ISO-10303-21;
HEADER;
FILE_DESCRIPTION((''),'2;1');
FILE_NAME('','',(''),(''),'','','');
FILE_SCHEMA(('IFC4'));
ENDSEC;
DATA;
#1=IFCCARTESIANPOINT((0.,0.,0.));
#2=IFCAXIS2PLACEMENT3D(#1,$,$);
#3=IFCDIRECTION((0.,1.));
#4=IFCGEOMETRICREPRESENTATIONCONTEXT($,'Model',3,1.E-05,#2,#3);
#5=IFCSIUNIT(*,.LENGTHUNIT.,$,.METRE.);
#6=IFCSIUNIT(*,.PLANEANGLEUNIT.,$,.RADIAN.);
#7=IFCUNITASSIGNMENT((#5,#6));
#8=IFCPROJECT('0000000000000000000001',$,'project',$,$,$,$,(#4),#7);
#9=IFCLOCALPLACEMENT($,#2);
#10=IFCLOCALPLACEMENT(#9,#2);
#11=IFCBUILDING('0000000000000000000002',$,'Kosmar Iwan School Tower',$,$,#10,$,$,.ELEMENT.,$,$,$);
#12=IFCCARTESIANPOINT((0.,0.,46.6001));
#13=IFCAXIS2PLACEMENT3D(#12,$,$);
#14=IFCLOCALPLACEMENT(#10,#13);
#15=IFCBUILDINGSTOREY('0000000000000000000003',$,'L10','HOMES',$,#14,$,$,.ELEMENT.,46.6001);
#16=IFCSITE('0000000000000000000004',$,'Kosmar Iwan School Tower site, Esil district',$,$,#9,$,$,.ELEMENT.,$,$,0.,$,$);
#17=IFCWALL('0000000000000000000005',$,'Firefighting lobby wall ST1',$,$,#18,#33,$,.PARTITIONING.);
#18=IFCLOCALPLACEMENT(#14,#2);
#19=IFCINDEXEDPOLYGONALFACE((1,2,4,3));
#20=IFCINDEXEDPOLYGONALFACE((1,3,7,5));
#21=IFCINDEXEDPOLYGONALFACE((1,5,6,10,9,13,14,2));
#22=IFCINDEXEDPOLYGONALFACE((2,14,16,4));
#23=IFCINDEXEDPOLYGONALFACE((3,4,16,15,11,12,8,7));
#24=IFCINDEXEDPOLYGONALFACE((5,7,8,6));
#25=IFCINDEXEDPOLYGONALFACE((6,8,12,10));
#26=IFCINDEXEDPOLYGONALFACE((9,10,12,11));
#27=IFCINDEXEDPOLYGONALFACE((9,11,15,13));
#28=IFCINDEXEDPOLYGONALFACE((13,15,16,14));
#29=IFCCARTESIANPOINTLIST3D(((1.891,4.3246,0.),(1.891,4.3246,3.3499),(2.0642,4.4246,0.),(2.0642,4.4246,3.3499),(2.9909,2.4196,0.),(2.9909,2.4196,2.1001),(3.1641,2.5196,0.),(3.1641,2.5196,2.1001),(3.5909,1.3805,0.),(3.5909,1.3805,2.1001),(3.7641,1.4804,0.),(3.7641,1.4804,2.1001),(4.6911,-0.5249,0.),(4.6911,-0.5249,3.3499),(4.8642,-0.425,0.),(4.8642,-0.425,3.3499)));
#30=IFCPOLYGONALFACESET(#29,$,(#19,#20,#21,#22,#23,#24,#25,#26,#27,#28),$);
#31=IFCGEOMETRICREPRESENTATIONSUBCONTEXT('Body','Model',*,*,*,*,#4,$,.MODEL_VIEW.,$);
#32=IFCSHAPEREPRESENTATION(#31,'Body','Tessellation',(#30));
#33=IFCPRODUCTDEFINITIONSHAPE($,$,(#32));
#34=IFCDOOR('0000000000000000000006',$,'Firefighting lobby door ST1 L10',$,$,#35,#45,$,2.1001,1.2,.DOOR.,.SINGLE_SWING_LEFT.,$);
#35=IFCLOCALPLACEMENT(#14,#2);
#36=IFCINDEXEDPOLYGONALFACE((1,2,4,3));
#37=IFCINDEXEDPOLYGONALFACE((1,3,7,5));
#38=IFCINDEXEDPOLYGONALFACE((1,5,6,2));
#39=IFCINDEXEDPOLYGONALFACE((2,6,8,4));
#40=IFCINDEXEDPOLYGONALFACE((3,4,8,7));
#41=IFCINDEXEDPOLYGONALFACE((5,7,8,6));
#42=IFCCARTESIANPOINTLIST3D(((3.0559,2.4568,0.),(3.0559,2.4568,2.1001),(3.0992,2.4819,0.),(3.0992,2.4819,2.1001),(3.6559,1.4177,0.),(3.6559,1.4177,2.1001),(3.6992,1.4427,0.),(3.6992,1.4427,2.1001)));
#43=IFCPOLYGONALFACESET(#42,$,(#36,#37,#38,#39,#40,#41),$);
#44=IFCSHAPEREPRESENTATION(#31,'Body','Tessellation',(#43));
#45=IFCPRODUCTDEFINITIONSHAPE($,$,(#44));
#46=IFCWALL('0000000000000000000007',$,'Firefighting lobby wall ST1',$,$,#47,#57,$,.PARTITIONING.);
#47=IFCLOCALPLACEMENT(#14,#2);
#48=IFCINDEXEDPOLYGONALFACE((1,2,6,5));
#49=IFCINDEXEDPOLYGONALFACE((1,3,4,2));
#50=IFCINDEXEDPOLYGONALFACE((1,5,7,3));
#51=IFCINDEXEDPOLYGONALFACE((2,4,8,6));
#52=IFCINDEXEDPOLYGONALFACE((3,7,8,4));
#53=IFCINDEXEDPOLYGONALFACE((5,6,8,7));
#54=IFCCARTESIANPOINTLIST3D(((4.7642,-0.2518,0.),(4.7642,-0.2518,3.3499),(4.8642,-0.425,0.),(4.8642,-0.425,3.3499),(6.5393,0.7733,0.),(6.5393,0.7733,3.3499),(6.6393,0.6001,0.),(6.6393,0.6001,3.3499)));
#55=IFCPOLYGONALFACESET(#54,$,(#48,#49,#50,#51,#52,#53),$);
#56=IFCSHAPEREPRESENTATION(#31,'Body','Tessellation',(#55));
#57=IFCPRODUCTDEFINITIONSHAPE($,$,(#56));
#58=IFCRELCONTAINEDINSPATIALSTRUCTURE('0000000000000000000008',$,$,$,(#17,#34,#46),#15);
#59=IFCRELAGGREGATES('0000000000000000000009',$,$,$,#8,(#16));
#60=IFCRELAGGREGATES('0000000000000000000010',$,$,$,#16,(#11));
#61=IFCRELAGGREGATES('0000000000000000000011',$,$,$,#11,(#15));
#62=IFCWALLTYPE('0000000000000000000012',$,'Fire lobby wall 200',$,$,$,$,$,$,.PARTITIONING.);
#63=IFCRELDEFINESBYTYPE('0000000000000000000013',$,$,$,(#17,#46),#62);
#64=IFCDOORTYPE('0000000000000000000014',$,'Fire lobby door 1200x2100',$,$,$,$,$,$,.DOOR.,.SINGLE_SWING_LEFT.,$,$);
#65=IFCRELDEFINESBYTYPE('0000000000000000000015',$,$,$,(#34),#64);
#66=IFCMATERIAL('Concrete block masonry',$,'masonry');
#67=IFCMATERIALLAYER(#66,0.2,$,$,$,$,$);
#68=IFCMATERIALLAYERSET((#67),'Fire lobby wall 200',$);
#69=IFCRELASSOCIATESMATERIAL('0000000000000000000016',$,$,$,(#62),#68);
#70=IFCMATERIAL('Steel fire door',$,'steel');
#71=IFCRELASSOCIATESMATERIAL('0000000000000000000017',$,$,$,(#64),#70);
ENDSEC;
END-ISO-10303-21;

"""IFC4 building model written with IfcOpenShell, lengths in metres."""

from ifc_helpers import new_model, si_unit, direction, frame, frame_2d, origin, place, context, subcontext, project, spatial, rectangle, extrude, material, layer, layer_set, type_object, element, fill, save


model = new_model("IFC4")

# Units and contexts
model_context = context("Model", 3, precision=1e-05, world=origin(), true_north=direction((0.0, 1.0)))
body_context = subcontext(model_context, "Body", "Model", "MODEL_VIEW")
ifc_project = project(units=[si_unit("LENGTHUNIT", "METRE"), si_unit("PLANEANGLEUNIT", "RADIAN")], contexts=[model_context])

# Site, building, storey
site_placement = place(None, origin())
site = spatial("IfcSite", under=ifc_project, at=site_placement, Name="Kosmar Iwan School Tower site, Esil district", CompositionType="ELEMENT", RefElevation=0.0)
building_placement = place(site_placement, origin())
building = spatial("IfcBuilding", under=site, at=building_placement, Name="Kosmar Iwan School Tower", CompositionType="ELEMENT")
storey_placement = place(building_placement, frame((0.0, 0.0, 46.6001)))
storey = spatial("IfcBuildingStorey", under=building, at=storey_placement, Name="L10", Description="HOMES", CompositionType="ELEMENT", Elevation=46.6001)

# Wall, opening, door
ifc_material_1 = material(Name="Concrete block masonry", Category="masonry")
ifc_layer_1 = layer(ifc_material_1, 0.2)
ifc_layer_set_1 = layer_set([ifc_layer_1], Name="Fire lobby wall 200")
wall_type_1 = type_object("IfcWallType", Name="Fire lobby wall 200", PredefinedType="PARTITIONING", material=ifc_layer_set_1)
wall_1_placement = place(storey_placement, frame((4.7776, -0.4749, 0.0), z_axis=(0.0, 0.0, 1.0), x_axis=(-0.500017, 0.866016, 0.0)))
wall_1 = element("IfcWall", 1, at=wall_1_placement, inside=storey, type_object=wall_type_1, Name="Firefighting lobby wall ST1", PredefinedType="PARTITIONING", context=body_context, shape_type="SweptSolid", body=[
    extrude(rectangle(XDim=5.5999, YDim=0.2, at=frame_2d((2.7998, 0.0))), origin(), (0.0, 0.0, 1.0), 3.3499),
])
opening_placement = place(wall_1_placement, frame((2.2, 0.0, 0.0)))
opening = element("IfcOpeningElement", 2, at=opening_placement, cuts=wall_1, PredefinedType="OPENING", context=body_context, shape_type="SweptSolid", body=[
    extrude(rectangle(XDim=1.2, YDim=2.1001, at=frame_2d((0.6001, 1.05))), frame((0.0, 0.1121, 0.0), z_axis=(0.0, -1.0, 0.0), x_axis=(1.0, 0.0, 0.0)), (0.0, 0.0, 1.0), 0.2239),
])
ifc_material_2 = material(Name="Steel fire door", Category="steel")
door_type = type_object("IfcDoorType", Name="Fire lobby door 1200x2100", OperationType="SINGLE_SWING_LEFT", PredefinedType="DOOR", material=ifc_material_2)
door_placement = place(opening_placement, frame((1.2, 0.0, 0.0), z_axis=(0.0, 0.0, 1.0), x_axis=(-1.0, 0.0, 0.0)))
door = element("IfcDoor", 3, at=door_placement, inside=storey, type_object=door_type, Name="Firefighting lobby door ST1 L10", OperationType="SINGLE_SWING_LEFT", OverallHeight=2.1001, OverallWidth=1.2, PredefinedType="DOOR", context=body_context, shape_type="SweptSolid", body=[
    extrude(rectangle(XDim=1.2, YDim=2.1001, at=frame_2d((0.6001, 1.05))), frame((0.0, 0.0249, 0.0), z_axis=(0.0, -1.0, 0.0), x_axis=(1.0, 0.0, 0.0)), (0.0, 0.0, 1.0), 0.05),
])
fill(opening, door)

# Wall
wall_2_placement = place(storey_placement, frame((4.8142, -0.3384, 0.0), z_axis=(0.0, 0.0, 1.0), x_axis=(0.865969, 0.500097, 0.0)))
element("IfcWall", 4, at=wall_2_placement, inside=storey, type_object=wall_type_1, Name="Firefighting lobby wall ST1", PredefinedType="PARTITIONING", context=body_context, shape_type="SweptSolid", body=[
    extrude(rectangle(XDim=2.0498, YDim=0.2, at=frame_2d((1.0249, 0.0))), origin(), (0.0, 0.0, 1.0), 3.3499),
])

save(model, "model.ifc")
